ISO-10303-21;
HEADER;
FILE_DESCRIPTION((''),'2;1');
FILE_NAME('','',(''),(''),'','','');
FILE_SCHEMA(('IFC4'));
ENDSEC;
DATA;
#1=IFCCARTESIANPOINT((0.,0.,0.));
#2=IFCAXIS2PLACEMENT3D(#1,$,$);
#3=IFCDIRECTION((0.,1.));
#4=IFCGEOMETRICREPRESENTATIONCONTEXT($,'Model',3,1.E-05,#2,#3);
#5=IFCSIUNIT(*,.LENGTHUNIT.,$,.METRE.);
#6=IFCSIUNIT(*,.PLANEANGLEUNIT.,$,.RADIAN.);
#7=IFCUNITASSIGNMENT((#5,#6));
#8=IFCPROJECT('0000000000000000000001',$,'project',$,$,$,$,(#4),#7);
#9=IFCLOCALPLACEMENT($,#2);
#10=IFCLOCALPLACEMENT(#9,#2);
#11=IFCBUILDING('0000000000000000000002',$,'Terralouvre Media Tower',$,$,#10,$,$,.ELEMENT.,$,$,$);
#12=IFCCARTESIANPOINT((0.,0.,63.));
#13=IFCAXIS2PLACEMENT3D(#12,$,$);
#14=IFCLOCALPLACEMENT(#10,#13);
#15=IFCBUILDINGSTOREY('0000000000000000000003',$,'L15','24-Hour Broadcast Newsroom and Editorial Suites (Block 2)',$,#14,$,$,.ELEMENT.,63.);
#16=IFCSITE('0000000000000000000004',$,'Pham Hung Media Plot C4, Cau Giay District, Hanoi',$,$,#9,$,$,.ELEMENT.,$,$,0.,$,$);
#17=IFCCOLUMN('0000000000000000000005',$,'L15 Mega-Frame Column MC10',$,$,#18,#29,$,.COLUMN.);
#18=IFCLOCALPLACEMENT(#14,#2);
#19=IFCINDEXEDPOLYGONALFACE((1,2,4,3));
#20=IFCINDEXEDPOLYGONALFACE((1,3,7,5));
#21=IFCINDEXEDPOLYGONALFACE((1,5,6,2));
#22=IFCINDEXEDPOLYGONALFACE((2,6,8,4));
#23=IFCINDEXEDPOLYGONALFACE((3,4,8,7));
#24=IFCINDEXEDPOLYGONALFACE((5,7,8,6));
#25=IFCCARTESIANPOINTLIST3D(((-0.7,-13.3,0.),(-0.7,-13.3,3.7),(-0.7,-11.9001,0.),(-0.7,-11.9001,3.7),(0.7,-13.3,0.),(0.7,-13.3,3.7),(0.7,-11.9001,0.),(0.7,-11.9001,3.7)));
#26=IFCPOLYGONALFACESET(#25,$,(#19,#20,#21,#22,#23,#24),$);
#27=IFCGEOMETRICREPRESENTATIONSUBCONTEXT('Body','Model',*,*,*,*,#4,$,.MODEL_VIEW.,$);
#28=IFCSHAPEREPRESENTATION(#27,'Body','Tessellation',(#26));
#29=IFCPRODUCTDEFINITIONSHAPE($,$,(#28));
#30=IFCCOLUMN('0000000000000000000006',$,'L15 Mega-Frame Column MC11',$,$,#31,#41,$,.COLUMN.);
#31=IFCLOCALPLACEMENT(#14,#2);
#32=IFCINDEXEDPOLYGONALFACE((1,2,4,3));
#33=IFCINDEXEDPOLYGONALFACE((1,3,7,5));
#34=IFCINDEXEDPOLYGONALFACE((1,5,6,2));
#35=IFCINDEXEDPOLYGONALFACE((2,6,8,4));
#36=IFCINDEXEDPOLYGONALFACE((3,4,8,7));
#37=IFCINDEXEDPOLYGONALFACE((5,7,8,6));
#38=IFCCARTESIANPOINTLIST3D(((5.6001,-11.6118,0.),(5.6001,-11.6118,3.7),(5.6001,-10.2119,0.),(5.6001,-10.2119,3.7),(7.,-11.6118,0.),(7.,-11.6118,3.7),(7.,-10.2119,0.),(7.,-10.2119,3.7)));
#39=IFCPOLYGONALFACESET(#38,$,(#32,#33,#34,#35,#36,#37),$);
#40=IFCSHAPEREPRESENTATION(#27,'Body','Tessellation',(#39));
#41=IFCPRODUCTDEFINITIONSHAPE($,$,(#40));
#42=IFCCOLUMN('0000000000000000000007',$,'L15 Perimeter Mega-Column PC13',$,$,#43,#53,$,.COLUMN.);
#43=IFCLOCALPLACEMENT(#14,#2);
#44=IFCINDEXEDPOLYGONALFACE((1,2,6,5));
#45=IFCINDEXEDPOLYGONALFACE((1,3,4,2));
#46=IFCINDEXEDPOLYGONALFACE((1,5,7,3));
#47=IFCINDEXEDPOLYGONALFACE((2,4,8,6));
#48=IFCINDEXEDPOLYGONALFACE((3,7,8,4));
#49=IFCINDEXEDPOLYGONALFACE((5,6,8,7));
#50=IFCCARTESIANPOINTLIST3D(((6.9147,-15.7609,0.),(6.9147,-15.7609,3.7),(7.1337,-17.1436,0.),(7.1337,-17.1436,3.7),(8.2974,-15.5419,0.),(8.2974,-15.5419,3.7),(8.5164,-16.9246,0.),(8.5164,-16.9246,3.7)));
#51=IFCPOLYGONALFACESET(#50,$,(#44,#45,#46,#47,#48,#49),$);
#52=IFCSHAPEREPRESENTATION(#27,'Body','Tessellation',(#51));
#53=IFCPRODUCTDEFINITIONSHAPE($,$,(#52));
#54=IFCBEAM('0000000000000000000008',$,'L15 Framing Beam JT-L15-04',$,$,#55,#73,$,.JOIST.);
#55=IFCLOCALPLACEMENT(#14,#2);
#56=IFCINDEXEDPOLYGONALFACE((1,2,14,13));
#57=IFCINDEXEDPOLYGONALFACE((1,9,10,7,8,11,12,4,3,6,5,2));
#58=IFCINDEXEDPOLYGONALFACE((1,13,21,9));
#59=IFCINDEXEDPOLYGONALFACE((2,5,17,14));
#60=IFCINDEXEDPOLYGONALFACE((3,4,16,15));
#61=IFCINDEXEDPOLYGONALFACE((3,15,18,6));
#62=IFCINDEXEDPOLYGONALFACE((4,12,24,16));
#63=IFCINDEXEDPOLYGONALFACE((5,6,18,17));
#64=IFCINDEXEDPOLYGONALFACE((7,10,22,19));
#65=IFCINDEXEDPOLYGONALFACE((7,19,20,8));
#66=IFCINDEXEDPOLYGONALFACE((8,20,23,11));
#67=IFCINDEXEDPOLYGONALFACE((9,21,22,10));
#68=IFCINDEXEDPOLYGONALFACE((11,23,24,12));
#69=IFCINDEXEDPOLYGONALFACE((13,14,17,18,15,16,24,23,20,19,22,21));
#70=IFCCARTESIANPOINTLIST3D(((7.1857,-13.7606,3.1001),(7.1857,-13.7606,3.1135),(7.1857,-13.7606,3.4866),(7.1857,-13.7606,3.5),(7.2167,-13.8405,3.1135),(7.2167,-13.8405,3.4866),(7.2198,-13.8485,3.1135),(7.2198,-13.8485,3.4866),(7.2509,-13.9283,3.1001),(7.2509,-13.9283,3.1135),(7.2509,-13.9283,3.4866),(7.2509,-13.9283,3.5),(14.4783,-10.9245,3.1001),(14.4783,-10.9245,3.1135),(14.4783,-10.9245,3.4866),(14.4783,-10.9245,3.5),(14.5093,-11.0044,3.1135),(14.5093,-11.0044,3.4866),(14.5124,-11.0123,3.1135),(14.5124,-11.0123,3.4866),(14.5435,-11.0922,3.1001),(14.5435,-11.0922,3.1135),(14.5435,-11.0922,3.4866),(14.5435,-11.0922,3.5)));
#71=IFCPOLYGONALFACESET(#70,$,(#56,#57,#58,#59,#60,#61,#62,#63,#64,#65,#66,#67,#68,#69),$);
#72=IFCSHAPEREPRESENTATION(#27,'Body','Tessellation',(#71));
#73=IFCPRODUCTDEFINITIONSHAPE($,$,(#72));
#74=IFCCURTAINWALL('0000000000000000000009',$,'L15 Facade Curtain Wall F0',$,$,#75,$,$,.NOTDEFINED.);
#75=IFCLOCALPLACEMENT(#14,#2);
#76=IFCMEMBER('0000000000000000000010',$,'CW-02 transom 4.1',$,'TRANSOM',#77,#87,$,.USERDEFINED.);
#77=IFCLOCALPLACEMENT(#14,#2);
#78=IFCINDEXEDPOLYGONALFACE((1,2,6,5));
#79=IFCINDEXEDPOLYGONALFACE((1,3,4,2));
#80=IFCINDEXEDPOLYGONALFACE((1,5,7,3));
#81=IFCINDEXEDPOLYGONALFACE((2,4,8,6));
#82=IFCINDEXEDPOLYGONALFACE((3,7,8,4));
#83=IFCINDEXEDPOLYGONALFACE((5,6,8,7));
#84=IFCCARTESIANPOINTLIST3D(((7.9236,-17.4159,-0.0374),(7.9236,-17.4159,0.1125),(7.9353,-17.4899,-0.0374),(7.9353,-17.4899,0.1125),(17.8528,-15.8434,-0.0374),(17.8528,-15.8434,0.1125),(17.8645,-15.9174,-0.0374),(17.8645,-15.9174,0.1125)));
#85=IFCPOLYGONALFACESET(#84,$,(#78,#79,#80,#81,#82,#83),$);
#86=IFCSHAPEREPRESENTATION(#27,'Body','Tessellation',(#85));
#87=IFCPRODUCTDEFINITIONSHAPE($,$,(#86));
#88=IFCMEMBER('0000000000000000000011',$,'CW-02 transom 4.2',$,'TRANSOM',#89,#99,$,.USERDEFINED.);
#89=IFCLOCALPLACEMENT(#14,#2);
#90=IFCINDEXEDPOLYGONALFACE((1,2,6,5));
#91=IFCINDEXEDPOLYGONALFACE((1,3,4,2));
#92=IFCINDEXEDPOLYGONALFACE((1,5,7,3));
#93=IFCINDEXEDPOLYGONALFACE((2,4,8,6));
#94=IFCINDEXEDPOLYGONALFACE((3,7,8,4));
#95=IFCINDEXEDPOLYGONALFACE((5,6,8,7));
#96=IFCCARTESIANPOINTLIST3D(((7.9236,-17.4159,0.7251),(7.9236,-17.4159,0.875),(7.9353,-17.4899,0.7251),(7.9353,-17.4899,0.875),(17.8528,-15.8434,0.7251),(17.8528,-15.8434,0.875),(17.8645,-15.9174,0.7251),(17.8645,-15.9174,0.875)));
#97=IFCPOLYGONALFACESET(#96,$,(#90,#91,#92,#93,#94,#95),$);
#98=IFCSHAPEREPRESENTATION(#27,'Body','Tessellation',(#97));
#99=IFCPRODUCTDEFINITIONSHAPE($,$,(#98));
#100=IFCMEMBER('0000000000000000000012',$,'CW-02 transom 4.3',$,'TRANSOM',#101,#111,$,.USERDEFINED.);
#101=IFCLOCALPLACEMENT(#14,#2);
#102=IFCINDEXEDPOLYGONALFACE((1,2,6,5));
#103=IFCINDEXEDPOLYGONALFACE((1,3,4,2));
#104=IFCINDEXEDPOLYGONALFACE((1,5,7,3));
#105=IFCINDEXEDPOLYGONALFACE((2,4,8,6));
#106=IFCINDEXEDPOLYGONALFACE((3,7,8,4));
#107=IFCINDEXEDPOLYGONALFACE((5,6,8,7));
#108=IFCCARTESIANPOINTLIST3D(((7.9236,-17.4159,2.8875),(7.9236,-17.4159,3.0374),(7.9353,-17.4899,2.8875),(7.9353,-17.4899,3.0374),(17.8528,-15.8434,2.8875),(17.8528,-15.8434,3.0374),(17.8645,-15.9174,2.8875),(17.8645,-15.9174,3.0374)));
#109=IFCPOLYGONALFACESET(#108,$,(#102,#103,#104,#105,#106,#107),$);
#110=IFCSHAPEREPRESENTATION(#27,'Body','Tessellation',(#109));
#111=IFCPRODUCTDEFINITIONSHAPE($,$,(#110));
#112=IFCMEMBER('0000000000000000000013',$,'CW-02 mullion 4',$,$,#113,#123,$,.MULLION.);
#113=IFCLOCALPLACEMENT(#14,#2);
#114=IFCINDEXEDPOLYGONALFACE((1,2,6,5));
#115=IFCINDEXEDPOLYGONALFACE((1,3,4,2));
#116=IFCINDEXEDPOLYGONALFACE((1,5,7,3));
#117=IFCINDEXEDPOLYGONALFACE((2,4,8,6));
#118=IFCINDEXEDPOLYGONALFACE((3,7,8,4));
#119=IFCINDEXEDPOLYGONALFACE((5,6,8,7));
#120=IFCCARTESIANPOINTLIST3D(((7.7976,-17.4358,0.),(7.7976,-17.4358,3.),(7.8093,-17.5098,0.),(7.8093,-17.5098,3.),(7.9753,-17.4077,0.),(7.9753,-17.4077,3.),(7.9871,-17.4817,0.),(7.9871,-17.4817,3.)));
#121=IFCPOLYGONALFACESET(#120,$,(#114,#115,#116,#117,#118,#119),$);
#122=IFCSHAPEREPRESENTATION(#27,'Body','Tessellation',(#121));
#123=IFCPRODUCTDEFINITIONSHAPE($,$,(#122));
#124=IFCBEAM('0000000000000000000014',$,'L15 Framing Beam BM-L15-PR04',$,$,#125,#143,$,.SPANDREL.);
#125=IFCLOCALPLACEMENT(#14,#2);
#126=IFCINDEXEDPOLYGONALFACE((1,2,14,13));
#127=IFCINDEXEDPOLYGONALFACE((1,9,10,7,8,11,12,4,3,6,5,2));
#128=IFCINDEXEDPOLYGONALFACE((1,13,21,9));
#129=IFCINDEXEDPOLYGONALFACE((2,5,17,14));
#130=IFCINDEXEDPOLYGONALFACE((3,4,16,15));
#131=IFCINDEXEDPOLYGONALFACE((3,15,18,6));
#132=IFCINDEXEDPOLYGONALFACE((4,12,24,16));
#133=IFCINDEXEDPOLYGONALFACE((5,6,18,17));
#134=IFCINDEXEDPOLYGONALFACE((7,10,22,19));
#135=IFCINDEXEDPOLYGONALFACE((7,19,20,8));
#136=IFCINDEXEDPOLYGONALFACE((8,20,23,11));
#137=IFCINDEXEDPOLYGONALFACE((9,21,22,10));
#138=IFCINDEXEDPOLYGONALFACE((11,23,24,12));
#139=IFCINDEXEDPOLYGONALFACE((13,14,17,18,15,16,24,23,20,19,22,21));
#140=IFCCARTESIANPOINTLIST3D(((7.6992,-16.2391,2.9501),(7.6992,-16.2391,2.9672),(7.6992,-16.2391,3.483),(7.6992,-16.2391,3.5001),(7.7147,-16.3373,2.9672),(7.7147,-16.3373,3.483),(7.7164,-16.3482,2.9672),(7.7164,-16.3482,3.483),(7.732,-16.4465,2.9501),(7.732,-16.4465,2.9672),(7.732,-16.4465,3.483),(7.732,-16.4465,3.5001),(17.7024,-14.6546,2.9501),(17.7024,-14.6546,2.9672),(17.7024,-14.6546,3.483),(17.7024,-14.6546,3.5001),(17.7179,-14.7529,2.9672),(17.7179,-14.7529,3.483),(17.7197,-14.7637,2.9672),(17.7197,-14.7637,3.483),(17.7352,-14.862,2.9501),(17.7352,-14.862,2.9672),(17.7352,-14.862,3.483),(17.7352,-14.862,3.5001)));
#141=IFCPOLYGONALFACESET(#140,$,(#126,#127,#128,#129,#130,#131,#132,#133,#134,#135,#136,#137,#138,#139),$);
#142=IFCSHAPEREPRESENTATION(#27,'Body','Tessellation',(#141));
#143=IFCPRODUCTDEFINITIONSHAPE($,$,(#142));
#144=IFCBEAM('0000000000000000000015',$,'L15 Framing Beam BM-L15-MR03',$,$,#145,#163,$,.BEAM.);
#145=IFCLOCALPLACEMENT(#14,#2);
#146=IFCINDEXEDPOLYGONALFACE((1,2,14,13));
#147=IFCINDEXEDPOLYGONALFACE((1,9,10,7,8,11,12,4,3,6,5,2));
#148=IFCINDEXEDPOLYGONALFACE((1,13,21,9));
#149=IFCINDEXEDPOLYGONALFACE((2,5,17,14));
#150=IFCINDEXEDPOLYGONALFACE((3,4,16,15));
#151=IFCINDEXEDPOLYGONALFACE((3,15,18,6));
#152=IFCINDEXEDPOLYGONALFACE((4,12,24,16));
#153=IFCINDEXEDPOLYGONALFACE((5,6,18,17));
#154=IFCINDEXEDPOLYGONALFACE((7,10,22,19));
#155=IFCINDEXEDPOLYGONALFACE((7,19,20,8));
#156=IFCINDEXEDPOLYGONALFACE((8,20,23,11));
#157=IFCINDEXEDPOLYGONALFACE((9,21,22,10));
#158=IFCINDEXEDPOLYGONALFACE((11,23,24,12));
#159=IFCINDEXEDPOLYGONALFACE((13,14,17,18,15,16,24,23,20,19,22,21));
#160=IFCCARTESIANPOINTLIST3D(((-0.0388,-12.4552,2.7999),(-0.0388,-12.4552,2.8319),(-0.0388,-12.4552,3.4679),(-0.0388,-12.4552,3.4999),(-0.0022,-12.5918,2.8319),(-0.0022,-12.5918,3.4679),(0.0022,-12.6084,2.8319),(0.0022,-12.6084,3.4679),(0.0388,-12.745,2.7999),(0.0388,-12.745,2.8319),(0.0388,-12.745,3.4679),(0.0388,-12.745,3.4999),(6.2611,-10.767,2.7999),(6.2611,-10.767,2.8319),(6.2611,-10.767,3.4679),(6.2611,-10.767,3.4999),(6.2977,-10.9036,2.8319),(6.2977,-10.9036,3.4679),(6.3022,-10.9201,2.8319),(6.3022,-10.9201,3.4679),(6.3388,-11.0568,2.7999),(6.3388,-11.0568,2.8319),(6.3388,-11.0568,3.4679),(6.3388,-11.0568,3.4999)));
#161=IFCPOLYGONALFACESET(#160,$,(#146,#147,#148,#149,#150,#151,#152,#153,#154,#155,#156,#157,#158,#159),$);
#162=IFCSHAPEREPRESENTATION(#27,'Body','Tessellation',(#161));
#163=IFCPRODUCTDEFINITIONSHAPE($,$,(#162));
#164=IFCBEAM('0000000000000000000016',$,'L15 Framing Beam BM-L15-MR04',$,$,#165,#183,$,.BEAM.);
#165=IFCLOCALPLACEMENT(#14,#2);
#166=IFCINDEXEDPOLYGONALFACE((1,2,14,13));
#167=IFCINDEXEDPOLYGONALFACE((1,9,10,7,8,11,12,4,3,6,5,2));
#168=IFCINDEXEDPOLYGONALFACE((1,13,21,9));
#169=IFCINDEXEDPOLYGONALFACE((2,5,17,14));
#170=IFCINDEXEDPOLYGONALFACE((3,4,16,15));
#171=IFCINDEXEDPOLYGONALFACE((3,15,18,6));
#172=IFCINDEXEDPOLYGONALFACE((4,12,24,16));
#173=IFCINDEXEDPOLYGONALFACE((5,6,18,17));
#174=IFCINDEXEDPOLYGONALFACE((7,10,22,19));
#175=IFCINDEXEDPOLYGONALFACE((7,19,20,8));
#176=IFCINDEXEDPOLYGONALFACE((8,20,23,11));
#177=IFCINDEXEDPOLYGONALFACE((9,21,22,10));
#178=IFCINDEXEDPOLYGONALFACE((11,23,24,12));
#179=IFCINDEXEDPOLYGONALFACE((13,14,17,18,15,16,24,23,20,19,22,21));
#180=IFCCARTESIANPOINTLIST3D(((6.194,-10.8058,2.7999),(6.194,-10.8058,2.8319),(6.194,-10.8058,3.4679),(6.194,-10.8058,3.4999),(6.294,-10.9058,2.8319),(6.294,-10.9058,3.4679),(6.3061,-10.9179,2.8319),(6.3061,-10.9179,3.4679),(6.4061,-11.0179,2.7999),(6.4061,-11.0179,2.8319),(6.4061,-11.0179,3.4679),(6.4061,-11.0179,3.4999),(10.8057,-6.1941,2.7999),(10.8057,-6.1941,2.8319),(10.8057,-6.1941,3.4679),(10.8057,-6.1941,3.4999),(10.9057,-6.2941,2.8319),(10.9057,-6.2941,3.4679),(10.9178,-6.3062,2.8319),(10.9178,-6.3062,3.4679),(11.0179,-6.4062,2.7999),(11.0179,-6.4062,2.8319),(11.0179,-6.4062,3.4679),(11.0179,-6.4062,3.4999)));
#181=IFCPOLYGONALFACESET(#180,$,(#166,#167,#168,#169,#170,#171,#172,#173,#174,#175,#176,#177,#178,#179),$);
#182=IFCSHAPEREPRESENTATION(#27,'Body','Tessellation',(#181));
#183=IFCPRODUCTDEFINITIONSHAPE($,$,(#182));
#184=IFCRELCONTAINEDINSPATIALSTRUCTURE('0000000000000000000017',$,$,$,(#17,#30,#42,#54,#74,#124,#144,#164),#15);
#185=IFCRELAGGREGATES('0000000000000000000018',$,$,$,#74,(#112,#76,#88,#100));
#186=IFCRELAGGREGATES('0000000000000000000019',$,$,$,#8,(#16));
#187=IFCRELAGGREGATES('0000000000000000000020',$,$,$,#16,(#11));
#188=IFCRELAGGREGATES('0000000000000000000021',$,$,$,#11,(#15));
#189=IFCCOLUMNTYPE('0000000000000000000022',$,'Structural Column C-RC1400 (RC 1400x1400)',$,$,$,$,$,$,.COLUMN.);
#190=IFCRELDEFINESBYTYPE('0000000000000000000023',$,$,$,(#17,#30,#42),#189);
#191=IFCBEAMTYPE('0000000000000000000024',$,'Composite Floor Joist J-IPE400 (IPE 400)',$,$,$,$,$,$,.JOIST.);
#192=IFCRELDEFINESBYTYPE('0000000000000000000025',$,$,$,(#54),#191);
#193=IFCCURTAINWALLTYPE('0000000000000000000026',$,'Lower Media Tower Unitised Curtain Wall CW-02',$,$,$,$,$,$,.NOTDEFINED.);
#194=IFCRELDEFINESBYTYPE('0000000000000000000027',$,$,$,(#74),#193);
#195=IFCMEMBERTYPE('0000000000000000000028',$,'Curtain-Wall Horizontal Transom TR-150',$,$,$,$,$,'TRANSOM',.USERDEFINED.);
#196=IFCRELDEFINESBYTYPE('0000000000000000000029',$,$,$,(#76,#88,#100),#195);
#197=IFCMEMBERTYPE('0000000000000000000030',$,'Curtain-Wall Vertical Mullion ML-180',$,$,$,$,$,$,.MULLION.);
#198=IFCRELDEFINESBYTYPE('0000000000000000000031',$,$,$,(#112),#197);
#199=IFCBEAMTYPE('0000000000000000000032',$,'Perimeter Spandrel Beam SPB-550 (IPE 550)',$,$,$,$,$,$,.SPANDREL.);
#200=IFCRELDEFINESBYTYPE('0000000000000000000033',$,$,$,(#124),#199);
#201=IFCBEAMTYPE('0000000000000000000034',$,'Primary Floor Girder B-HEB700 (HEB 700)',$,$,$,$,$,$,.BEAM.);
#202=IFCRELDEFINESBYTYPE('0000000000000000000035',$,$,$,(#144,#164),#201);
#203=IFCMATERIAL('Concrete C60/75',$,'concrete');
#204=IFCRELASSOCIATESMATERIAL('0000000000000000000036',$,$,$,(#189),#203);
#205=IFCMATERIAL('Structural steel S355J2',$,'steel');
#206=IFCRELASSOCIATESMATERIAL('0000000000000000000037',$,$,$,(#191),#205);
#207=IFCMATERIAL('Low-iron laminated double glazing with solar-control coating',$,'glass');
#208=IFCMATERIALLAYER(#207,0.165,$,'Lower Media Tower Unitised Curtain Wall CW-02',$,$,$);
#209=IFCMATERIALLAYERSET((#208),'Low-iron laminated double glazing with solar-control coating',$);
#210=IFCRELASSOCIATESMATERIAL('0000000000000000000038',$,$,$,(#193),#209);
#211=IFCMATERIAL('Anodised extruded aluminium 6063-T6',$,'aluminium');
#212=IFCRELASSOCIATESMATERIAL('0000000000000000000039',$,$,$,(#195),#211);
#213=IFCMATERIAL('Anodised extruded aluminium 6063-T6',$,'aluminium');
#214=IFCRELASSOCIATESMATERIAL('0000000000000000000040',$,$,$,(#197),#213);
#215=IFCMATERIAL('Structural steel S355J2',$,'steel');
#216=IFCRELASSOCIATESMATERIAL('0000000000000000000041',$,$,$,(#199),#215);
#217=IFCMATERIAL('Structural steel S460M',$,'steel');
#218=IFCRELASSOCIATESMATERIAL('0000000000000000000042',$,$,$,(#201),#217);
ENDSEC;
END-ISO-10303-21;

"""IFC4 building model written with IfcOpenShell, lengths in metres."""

from ifc_helpers import new_model, si_unit, direction, frame, origin, origin_2d, place, context, subcontext, project, spatial, rectangle, i_section, extrude, material, layer, layer_set, material_profile, profile_set, type_object, element, aggregate, save


model = new_model("IFC4")

# Units and contexts
model_context = context("Model", 3, precision=1e-05, world=origin(), true_north=direction((0.0, 1.0)))
body_context = subcontext(model_context, "Body", "Model", "MODEL_VIEW")
ifc_project = project(units=[si_unit("LENGTHUNIT", "METRE"), si_unit("PLANEANGLEUNIT", "RADIAN")], contexts=[model_context])

# Site, building, storey
site_placement = place(None, origin())
site = spatial("IfcSite", under=ifc_project, at=site_placement, Name="Pham Hung Media Plot C4, Cau Giay District, Hanoi", CompositionType="ELEMENT", RefElevation=0.0)
building_placement = place(site_placement, origin())
building = spatial("IfcBuilding", under=site, at=building_placement, Name="Terralouvre Media Tower", CompositionType="ELEMENT")
storey_placement = place(building_placement, frame((0.0, 0.0, 63.0)))
storey = spatial("IfcBuildingStorey", under=building, at=storey_placement, Name="L15", Description="24-Hour Broadcast Newsroom and Editorial Suites (Block 2)", CompositionType="ELEMENT", Elevation=63.0)

# Columns
ifc_material_1 = material(Name="Concrete C60/75", Category="concrete")
ifc_material_profile_1 = material_profile(ifc_material_1, rectangle(XDim=1.3999, YDim=1.3999, at=origin_2d()), Name="RC 1400x1400")
ifc_profile_set_1 = profile_set([ifc_material_profile_1], Name="Concrete C60/75")
column_type = type_object("IfcColumnType", Name="Structural Column C-RC1400 (RC 1400x1400)", PredefinedType="COLUMN", material=ifc_profile_set_1)
for number, where, z_axis, x_axis, name in (
    (1, (0.0, -12.6001, 0.0), (0.0, 0.0, 1.0), (1.0, 0.0, 0.0), "L15 Mega-Frame Column MC10"),
    (2, (6.3, -10.9119, 0.0), (0.0, 0.0, 1.0), (1.0, 0.0, 0.0), "L15 Mega-Frame Column MC11"),
    (3, (7.7156, -16.3428, 0.0), (0.0, 0.0, 1.0), (0.987688, 0.156434, 0.0), "L15 Perimeter Mega-Column PC13"),
):
    element("IfcColumn", number, at=place(storey_placement, frame(where, z_axis=z_axis, x_axis=x_axis)), inside=storey, type_object=column_type, Name=name, PredefinedType="COLUMN", context=body_context, shape_type="SweptSolid", body=[
        extrude(rectangle(XDim=1.3999, YDim=1.3999, at=origin_2d()), origin(), (0.0, 0.0, 1.0), 3.7),
    ])

# Beam
ifc_material_2 = material(Name="Structural steel S355J2", Category="steel")
ifc_material_profile_2 = material_profile(ifc_material_2, i_section(OverallWidth=0.1799, OverallDepth=0.3999, WebThickness=0.0085, FlangeThickness=0.0134, at=origin_2d()), Name="IPE 400")
ifc_profile_set_2 = profile_set([ifc_material_profile_2], Name="Structural steel S355J2")
beam_type_1 = type_object("IfcBeamType", Name="Composite Floor Joist J-IPE400 (IPE 400)", PredefinedType="JOIST", material=ifc_profile_set_2)
beam_1_placement = place(storey_placement, frame((7.2183, -13.8445, 3.3), z_axis=(0.931999, 0.36246, 0.0), x_axis=(-0.36246, 0.931999, 0.0)))
element("IfcBeam", 4, at=beam_1_placement, inside=storey, type_object=beam_type_1, Name="L15 Framing Beam JT-L15-04", PredefinedType="JOIST", context=body_context, shape_type="SweptSolid", body=[
    extrude(i_section(OverallWidth=0.1799, OverallDepth=0.3999, WebThickness=0.0085, FlangeThickness=0.0134, at=origin_2d()), origin(), (0.0, 0.0, 1.0), 7.8247),
])

# Curtain wall, members
ifc_material_3 = material(Name="Low-iron laminated double glazing with solar-control coating", Category="glass")
ifc_layer_1 = layer(ifc_material_3, 0.165, Name="Lower Media Tower Unitised Curtain Wall CW-02")
ifc_layer_set_1 = layer_set([ifc_layer_1], Name="Low-iron laminated double glazing with solar-control coating")
curtain_wall_type = type_object("IfcCurtainWallType", Name="Lower Media Tower Unitised Curtain Wall CW-02", PredefinedType="NOTDEFINED", material=ifc_layer_set_1)
curtain_wall_placement = place(storey_placement, origin())
curtain_wall = element("IfcCurtainWall", 5, at=curtain_wall_placement, inside=storey, type_object=curtain_wall_type, Name="L15 Facade Curtain Wall F0", PredefinedType="NOTDEFINED")
ifc_material_4 = material(Name="Anodised extruded aluminium 6063-T6", Category="aluminium")
ifc_material_profile_3 = material_profile(ifc_material_4, rectangle(XDim=0.075, YDim=0.1499, at=origin_2d()), Name="ALU 75x150")
ifc_profile_set_3 = profile_set([ifc_material_profile_3], Name="Anodised extruded aluminium 6063-T6")
member_type_1 = type_object("IfcMemberType", Name="Curtain-Wall Horizontal Transom TR-150", ElementType="TRANSOM", PredefinedType="USERDEFINED", material=ifc_profile_set_3)
member_1_placement = place(storey_placement, frame((7.9294, -17.4529, 0.0376), z_axis=(0.98769, 0.156423, 0.0), x_axis=(-0.156423, 0.98769, 0.0)))
member_1 = element("IfcMember", 6, at=member_1_placement, type_object=member_type_1, Name="CW-02 transom 4.1", ObjectType="TRANSOM", PredefinedType="USERDEFINED", context=body_context, shape_type="SweptSolid", body=[
    extrude(rectangle(XDim=0.075, YDim=0.1499, at=origin_2d()), origin(), (0.0, 0.0, 1.0), 10.053),
])
member_2_placement = place(storey_placement, frame((7.9294, -17.4529, 0.8), z_axis=(0.98769, 0.156423, 0.0), x_axis=(-0.156423, 0.98769, 0.0)))
member_2 = element("IfcMember", 7, at=member_2_placement, type_object=member_type_1, Name="CW-02 transom 4.2", ObjectType="TRANSOM", PredefinedType="USERDEFINED", context=body_context, shape_type="SweptSolid", body=[
    extrude(rectangle(XDim=0.075, YDim=0.1499, at=origin_2d()), origin(), (0.0, 0.0, 1.0), 10.053),
])
member_3_placement = place(storey_placement, frame((7.9294, -17.4529, 2.9624), z_axis=(0.98769, 0.156423, 0.0), x_axis=(-0.156423, 0.98769, 0.0)))
member_3 = element("IfcMember", 8, at=member_3_placement, type_object=member_type_1, Name="CW-02 transom 4.3", ObjectType="TRANSOM", PredefinedType="USERDEFINED", context=body_context, shape_type="SweptSolid", body=[
    extrude(rectangle(XDim=0.075, YDim=0.1499, at=origin_2d()), origin(), (0.0, 0.0, 1.0), 10.053),
])
ifc_material_5 = material(Name="Anodised extruded aluminium 6063-T6", Category="aluminium")
ifc_material_profile_4 = material_profile(ifc_material_5, rectangle(XDim=0.075, YDim=0.1799, at=origin_2d()), Name="ALU 75x180")
ifc_profile_set_4 = profile_set([ifc_material_profile_4], Name="Anodised extruded aluminium 6063-T6")
member_type_2 = type_object("IfcMemberType", Name="Curtain-Wall Vertical Mullion ML-180", PredefinedType="MULLION", material=ifc_profile_set_4)
member_4_placement = place(storey_placement, frame((7.8923, -17.4587, 0.0), z_axis=(0.0, 0.0, 1.0), x_axis=(-0.156434, 0.987688, 0.0)))
member_4 = element("IfcMember", 9, at=member_4_placement, type_object=member_type_2, Name="CW-02 mullion 4", PredefinedType="MULLION", context=body_context, shape_type="SweptSolid", body=[
    extrude(rectangle(XDim=0.075, YDim=0.1799, at=origin_2d()), origin(), (0.0, 0.0, 1.0), 3.0),
])

# Beams
ifc_material_6 = material(Name="Structural steel S355J2", Category="steel")
ifc_material_profile_5 = material_profile(ifc_material_6, i_section(OverallWidth=0.21, OverallDepth=0.55, WebThickness=0.011, FlangeThickness=0.0171, at=origin_2d()), Name="IPE 550")
ifc_profile_set_5 = profile_set([ifc_material_profile_5], Name="Structural steel S355J2")
beam_type_2 = type_object("IfcBeamType", Name="Perimeter Spandrel Beam SPB-550 (IPE 550)", PredefinedType="SPANDREL", material=ifc_profile_set_5)
beam_2_placement = place(storey_placement, frame((7.7156, -16.3428, 3.2251), z_axis=(0.987686, 0.156447, 0.0), x_axis=(-0.156447, 0.987686, 0.0)))
element("IfcBeam", 10, at=beam_2_placement, inside=storey, type_object=beam_type_2, Name="L15 Framing Beam BM-L15-PR04", PredefinedType="SPANDREL", context=body_context, shape_type="SweptSolid", body=[
    extrude(i_section(OverallWidth=0.21, OverallDepth=0.55, WebThickness=0.011, FlangeThickness=0.0171, at=origin_2d()), origin(), (0.0, 0.0, 1.0), 10.1279),
])
ifc_material_7 = material(Name="Structural steel S460M", Category="steel")
ifc_material_profile_6 = material_profile(ifc_material_7, i_section(OverallWidth=0.3, OverallDepth=0.7, WebThickness=0.0171, FlangeThickness=0.032, at=origin_2d()), Name="HEB 700")
ifc_profile_set_6 = profile_set([ifc_material_profile_6], Name="Structural steel S460M")
beam_type_3 = type_object("IfcBeamType", Name="Primary Floor Girder B-HEB700 (HEB 700)", PredefinedType="BEAM", material=ifc_profile_set_6)
beam_3_placement = place(storey_placement, frame((0.0, -12.6001, 3.1499), z_axis=(0.96592, 0.258839, 0.0), x_axis=(-0.258839, 0.96592, 0.0)))
element("IfcBeam", 11, at=beam_3_placement, inside=storey, type_object=beam_type_3, Name="L15 Framing Beam BM-L15-MR03", PredefinedType="BEAM", context=body_context, shape_type="SweptSolid", body=[
    extrude(i_section(OverallWidth=0.3, OverallDepth=0.7, WebThickness=0.0171, FlangeThickness=0.032, at=origin_2d()), origin(), (0.0, 0.0, 1.0), 6.5222),
])
beam_4_placement = place(storey_placement, frame((6.3, -10.9119, 3.1499), z_axis=(0.707107, 0.707107, 0.0), x_axis=(-0.707107, 0.707107, 0.0)))
element("IfcBeam", 12, at=beam_4_placement, inside=storey, type_object=beam_type_3, Name="L15 Framing Beam BM-L15-MR04", PredefinedType="BEAM", context=body_context, shape_type="SweptSolid", body=[
    extrude(i_section(OverallWidth=0.3, OverallDepth=0.7, WebThickness=0.0171, FlangeThickness=0.032, at=origin_2d()), origin(), (0.0, 0.0, 1.0), 6.522),
])

aggregate(curtain_wall, [member_4, member_1, member_2, member_3])

save(model, "model.ifc")
